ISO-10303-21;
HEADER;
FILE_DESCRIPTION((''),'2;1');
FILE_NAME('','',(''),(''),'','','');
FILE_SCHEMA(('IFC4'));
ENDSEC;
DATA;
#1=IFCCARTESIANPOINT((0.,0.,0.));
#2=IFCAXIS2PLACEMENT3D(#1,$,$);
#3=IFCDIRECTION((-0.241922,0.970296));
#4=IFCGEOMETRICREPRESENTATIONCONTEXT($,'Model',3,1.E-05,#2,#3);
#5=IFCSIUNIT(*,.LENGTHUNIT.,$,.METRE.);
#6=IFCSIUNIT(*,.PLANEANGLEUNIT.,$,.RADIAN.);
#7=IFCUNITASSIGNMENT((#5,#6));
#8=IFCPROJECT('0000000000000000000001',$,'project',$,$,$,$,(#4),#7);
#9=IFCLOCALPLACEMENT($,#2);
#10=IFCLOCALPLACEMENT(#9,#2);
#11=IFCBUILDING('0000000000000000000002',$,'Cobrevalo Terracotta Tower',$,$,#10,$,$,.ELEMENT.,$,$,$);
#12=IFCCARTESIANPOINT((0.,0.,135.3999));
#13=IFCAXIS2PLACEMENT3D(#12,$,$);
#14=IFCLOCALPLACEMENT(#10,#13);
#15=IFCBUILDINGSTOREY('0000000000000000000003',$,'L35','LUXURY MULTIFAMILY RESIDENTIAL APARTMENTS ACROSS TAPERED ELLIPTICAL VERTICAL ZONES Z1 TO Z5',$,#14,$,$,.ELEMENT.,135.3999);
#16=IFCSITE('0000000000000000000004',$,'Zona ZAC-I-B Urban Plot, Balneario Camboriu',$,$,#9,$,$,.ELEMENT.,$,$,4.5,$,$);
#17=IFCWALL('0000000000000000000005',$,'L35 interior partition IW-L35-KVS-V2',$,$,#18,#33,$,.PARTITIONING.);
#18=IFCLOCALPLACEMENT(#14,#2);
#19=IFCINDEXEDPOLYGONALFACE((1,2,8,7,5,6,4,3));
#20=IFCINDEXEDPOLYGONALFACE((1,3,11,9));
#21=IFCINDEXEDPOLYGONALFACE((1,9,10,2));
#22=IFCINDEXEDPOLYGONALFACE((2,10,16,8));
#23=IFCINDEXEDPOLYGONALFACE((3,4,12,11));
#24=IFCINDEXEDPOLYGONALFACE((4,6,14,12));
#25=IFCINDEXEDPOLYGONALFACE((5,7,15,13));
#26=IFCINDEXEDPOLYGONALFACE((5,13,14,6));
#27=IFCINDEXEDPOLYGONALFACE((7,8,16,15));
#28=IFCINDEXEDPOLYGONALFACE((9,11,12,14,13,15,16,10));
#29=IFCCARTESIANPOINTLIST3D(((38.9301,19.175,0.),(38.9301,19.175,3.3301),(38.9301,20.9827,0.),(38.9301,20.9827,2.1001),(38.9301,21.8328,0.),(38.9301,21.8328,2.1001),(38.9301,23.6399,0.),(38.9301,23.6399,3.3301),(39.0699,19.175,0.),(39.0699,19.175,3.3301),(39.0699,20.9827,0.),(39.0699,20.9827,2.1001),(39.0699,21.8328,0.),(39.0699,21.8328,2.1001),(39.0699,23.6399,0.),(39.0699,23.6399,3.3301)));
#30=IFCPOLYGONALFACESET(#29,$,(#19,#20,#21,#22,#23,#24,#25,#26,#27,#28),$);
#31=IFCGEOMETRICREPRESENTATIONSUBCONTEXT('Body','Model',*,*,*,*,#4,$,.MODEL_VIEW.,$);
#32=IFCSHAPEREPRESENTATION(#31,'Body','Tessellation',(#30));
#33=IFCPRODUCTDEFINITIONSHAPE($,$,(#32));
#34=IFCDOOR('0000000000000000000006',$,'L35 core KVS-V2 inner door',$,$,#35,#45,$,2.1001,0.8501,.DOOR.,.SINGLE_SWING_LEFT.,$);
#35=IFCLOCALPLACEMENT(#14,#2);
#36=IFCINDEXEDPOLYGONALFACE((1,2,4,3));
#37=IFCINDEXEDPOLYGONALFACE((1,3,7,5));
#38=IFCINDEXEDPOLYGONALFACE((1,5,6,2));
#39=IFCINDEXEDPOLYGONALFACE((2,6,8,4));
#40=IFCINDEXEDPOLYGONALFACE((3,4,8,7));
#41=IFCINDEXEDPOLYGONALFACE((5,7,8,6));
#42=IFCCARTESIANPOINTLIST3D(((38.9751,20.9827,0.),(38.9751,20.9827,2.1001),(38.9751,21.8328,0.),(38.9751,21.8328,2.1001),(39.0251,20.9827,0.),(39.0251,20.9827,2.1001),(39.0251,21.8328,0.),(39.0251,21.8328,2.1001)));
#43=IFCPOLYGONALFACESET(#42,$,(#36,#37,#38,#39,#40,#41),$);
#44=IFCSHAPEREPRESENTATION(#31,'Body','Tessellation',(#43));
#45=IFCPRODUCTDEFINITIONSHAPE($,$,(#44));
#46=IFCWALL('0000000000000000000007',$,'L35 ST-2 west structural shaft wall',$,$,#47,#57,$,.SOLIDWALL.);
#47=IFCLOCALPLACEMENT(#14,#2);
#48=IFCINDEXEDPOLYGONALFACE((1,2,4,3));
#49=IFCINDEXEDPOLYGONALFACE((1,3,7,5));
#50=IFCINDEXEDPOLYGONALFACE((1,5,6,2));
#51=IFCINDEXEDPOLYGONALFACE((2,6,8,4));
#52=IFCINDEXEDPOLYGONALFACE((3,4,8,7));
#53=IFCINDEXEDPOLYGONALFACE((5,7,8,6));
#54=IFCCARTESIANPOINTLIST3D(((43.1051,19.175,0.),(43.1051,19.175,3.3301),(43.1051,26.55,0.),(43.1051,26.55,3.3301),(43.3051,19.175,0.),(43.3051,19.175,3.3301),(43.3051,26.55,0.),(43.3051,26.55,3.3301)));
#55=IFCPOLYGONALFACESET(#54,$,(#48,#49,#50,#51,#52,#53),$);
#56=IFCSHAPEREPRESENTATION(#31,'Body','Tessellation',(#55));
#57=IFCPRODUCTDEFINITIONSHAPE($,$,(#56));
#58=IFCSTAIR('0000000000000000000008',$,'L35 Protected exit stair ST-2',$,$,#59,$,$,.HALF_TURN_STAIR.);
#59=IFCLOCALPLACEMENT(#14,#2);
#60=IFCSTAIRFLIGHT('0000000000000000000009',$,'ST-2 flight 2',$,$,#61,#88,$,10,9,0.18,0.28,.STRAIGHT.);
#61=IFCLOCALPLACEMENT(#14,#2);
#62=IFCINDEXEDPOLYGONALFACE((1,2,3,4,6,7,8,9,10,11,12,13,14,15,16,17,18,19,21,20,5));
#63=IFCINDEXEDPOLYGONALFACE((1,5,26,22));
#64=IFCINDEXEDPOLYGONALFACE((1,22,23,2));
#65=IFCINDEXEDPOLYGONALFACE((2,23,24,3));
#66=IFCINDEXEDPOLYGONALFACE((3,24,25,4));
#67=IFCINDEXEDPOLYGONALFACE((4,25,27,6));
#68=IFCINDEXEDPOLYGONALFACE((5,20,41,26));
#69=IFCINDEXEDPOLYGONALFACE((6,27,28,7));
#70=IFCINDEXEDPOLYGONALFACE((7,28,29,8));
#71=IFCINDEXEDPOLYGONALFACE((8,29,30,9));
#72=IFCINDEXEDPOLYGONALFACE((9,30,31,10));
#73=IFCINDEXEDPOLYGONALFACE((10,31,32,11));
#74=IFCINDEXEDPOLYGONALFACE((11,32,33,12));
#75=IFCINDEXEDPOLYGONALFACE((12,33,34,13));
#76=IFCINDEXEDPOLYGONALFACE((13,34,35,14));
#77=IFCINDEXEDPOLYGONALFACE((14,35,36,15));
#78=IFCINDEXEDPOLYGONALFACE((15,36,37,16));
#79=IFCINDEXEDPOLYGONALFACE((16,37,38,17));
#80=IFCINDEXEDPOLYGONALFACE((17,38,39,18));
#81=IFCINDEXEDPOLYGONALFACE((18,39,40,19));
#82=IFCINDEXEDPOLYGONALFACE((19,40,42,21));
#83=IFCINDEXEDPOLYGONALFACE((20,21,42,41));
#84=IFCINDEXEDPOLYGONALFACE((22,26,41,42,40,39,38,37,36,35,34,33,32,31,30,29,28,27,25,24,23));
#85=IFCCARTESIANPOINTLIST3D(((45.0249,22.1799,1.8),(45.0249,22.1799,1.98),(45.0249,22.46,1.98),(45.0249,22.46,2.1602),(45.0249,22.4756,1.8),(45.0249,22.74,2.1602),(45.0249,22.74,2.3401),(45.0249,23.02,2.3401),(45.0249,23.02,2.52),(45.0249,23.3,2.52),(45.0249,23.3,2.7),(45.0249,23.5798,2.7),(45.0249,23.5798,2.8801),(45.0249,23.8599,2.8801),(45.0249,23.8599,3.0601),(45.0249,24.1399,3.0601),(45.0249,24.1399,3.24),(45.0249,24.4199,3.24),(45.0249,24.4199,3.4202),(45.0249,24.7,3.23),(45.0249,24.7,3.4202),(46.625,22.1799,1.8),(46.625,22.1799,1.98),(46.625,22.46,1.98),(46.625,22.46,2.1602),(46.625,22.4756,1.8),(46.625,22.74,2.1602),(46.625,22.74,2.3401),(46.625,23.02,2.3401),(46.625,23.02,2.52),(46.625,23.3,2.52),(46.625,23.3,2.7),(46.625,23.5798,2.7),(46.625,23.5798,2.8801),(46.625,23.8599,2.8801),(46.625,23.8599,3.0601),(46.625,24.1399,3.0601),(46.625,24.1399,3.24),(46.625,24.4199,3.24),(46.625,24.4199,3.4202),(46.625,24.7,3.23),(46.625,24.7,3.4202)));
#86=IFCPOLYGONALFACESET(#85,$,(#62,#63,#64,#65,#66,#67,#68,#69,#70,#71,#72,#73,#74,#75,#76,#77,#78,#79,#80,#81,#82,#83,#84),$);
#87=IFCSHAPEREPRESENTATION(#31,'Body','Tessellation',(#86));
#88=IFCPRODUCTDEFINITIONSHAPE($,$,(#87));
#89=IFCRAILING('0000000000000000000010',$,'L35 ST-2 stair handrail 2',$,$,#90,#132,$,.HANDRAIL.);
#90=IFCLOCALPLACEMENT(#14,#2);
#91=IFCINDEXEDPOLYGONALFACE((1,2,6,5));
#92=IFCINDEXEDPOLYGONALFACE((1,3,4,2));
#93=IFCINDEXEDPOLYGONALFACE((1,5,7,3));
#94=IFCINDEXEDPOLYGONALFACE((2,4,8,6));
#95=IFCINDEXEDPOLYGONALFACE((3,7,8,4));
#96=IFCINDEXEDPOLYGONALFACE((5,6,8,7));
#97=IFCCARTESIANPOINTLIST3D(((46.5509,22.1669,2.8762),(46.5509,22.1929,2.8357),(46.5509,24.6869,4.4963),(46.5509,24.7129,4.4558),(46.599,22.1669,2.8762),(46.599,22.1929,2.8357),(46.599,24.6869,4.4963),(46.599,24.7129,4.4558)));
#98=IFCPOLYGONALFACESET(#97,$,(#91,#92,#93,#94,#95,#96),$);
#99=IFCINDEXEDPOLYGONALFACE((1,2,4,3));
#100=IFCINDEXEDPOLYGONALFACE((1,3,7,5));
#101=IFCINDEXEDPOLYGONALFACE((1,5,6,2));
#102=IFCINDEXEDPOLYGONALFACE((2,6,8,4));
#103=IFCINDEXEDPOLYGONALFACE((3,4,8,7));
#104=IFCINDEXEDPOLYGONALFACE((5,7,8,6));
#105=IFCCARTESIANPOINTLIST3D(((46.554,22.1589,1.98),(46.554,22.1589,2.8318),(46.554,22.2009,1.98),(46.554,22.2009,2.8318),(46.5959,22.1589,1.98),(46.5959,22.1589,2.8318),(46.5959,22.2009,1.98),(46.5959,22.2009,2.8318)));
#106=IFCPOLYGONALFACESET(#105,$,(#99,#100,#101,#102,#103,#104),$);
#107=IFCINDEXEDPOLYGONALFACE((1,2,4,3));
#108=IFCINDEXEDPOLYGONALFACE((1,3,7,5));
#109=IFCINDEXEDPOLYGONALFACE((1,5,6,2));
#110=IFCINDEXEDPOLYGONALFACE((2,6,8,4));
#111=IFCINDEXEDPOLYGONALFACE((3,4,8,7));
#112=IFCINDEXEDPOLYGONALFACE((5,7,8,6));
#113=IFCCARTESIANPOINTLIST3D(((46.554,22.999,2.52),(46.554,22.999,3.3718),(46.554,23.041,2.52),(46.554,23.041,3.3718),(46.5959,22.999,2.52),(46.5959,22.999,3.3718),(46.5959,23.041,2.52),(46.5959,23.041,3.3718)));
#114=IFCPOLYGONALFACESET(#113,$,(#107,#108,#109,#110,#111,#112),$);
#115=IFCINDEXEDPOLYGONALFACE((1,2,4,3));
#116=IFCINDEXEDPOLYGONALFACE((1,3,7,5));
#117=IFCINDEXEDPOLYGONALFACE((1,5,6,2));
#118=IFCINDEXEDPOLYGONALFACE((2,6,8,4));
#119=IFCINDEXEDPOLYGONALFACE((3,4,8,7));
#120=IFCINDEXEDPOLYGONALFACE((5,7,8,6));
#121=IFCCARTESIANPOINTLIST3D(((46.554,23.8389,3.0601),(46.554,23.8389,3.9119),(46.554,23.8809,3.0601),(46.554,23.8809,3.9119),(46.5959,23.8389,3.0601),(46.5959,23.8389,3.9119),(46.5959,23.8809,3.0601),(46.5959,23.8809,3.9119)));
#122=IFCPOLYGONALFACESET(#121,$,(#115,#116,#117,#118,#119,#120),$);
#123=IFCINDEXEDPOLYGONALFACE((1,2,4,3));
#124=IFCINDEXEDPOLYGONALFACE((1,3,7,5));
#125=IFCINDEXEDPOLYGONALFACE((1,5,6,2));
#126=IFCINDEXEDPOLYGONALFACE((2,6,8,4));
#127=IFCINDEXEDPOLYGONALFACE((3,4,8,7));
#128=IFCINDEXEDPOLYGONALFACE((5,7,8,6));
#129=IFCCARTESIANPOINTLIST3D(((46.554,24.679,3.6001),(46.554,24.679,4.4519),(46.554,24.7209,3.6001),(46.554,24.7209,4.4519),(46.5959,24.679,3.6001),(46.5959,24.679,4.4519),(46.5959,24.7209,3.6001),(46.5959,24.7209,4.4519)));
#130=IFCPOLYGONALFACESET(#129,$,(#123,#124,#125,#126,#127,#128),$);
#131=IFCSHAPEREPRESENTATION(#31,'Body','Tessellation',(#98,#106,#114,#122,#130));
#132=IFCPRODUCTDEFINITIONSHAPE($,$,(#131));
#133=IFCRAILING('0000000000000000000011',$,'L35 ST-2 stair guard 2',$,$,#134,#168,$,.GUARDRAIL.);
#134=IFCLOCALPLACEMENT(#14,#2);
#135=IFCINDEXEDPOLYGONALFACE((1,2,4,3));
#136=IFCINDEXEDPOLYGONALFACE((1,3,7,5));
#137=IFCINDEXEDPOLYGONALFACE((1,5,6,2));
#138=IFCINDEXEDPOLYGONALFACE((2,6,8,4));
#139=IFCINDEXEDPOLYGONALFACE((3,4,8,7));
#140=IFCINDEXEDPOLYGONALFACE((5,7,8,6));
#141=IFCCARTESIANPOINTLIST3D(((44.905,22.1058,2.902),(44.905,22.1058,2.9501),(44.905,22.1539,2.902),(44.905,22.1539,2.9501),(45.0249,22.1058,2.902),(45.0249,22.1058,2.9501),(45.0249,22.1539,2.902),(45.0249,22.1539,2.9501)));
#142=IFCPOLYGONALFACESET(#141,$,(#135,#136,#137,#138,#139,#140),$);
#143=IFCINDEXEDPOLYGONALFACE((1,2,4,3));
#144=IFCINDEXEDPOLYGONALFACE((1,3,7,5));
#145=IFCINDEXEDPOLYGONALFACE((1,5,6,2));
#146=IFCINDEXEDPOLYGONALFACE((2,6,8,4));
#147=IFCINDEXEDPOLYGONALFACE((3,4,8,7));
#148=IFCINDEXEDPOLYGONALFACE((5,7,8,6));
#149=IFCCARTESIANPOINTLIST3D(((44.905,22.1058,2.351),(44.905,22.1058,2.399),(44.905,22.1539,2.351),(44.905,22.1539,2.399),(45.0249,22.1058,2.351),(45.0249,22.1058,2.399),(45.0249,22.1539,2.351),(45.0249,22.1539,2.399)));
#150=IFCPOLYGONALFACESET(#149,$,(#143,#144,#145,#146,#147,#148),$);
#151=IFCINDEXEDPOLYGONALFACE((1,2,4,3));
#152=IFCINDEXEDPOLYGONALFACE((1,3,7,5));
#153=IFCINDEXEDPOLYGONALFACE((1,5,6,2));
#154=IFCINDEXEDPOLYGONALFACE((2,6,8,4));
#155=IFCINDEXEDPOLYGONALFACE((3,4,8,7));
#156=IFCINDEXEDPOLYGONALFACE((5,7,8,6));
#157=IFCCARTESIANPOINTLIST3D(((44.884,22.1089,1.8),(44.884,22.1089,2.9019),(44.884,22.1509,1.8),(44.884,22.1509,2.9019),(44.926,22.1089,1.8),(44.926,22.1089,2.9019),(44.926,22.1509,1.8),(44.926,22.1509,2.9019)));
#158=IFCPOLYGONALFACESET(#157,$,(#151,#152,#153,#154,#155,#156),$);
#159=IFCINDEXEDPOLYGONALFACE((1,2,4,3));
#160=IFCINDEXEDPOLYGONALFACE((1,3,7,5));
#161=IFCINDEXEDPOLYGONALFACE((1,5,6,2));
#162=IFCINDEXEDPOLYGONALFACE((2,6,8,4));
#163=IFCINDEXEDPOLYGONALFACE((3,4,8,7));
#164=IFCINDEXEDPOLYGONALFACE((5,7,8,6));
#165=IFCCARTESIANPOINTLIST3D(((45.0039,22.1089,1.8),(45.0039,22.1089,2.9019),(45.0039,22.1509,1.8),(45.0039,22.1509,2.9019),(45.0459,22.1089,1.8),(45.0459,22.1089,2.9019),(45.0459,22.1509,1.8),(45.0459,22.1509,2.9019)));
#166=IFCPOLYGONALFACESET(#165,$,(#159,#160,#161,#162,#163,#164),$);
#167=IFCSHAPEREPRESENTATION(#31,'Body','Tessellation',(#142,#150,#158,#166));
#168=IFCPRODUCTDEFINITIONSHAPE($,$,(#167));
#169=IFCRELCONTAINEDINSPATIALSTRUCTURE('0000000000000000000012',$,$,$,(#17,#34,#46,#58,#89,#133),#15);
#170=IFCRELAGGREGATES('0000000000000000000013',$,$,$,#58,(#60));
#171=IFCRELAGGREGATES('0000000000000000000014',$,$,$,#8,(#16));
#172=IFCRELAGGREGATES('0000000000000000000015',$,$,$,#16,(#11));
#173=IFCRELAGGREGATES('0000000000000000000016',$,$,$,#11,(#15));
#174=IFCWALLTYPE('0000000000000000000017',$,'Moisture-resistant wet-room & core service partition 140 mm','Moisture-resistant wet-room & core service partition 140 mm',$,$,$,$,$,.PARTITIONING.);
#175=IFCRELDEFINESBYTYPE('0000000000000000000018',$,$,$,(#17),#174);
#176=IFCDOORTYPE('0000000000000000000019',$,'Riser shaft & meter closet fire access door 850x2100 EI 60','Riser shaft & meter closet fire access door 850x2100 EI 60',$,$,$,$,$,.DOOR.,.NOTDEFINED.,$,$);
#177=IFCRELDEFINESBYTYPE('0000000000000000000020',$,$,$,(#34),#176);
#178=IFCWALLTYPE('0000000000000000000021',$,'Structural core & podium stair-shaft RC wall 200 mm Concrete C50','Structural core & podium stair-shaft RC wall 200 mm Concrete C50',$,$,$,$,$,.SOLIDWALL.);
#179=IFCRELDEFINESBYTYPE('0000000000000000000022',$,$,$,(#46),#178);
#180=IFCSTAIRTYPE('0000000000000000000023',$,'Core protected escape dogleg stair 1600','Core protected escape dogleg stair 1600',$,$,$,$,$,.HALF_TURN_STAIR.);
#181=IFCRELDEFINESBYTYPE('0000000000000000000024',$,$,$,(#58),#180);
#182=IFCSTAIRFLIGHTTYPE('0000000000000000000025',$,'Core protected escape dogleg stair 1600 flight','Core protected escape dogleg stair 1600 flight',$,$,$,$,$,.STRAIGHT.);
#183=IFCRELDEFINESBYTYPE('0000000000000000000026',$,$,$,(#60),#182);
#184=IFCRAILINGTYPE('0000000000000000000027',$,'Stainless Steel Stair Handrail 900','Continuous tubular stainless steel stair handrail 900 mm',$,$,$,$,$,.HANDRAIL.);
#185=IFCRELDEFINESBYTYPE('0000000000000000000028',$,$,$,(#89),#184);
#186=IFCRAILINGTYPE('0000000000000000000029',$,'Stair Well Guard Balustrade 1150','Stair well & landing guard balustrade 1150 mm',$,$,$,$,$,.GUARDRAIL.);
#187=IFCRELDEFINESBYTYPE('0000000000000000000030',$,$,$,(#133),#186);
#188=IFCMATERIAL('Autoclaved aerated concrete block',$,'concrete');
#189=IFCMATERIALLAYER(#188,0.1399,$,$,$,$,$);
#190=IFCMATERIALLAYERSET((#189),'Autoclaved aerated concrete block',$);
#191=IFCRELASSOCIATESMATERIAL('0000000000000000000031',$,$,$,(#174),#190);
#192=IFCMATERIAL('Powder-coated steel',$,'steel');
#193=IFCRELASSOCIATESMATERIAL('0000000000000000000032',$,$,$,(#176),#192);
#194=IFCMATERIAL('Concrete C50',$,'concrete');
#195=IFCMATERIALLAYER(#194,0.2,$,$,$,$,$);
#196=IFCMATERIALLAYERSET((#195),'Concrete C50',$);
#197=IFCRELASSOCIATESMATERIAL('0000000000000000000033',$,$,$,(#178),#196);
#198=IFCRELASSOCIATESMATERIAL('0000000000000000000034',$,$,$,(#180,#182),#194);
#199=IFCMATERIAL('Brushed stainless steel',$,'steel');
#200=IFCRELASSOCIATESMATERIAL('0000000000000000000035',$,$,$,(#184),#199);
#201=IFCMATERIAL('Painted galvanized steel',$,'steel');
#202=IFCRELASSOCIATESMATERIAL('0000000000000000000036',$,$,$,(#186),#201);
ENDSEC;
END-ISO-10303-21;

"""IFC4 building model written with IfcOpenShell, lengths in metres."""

from ifc_helpers import new_model, si_unit, direction, frame, frame_2d, origin, origin_2d, place, context, subcontext, project, spatial, polyline, rectangle, outline, extrude, source, transform, mapped, material, layer, layer_set, type_object, element, fill, aggregate, save


model = new_model("IFC4")

# Units and contexts
model_context = context("Model", 3, precision=1e-05, world=origin(), true_north=direction((-0.241922, 0.970296)))
body_context = subcontext(model_context, "Body", "Model", "MODEL_VIEW")
ifc_project = project(units=[si_unit("LENGTHUNIT", "METRE"), si_unit("PLANEANGLEUNIT", "RADIAN")], contexts=[model_context])

# Site, building, storey
site_placement = place(None, origin())
site = spatial("IfcSite", under=ifc_project, at=site_placement, Name="Zona ZAC-I-B Urban Plot, Balneario Camboriu", CompositionType="ELEMENT", RefElevation=4.5)
building_placement = place(site_placement, origin())
building = spatial("IfcBuilding", under=site, at=building_placement, Name="Cobrevalo Terracotta Tower", CompositionType="ELEMENT")
storey_placement = place(building_placement, frame((0.0, 0.0, 135.3999)))
storey = spatial("IfcBuildingStorey", under=building, at=storey_placement, Name="L35", Description="LUXURY MULTIFAMILY RESIDENTIAL APARTMENTS ACROSS TAPERED ELLIPTICAL VERTICAL ZONES Z1 TO Z5", CompositionType="ELEMENT", Elevation=135.3999)

# Shared definitions
ifc_material_1 = material(Name="Autoclaved aerated concrete block", Category="concrete")

# Shared definitions
ifc_layer_1 = layer(ifc_material_1, 0.1399)
ifc_layer_set_1 = layer_set([ifc_layer_1], Name="Autoclaved aerated concrete block")
wall_type_1 = type_object("IfcWallType", Name="Moisture-resistant wet-room & core service partition 140 mm", Description="Moisture-resistant wet-room & core service partition 140 mm", PredefinedType="PARTITIONING", material=ifc_layer_set_1)

# Wall, opening, door
ifc_material_2 = material(Name="Powder-coated steel", Category="steel")
door_type_1 = type_object("IfcDoorType", Name="Riser shaft & meter closet fire access door 850x2100 EI 60", Description="Riser shaft & meter closet fire access door 850x2100 EI 60", OperationType="NOTDEFINED", PredefinedType="DOOR", material=ifc_material_2)
shared_shape_1 = source(origin(), body_context, "Body", "SweptSolid", [
    extrude(rectangle(XDim=0.8501, YDim=2.1001, at=frame_2d((0.425, 1.05))), frame((0.0, 0.0249, 0.0), z_axis=(0.0, -1.0, 0.0), x_axis=(1.0, 0.0, 0.0)), (0.0, 0.0, 1.0), 0.05),
])
wall_1_placement = place(storey_placement, frame((39.0, 19.175, 0.0), z_axis=(0.0, 0.0, 1.0), x_axis=(0.0, 1.0, 0.0)))
wall_1 = element("IfcWall", 1, at=wall_1_placement, inside=storey, type_object=wall_type_1, Name="L35 interior partition IW-L35-KVS-V2", PredefinedType="PARTITIONING", context=body_context, shape_type="SweptSolid", body=[
    extrude(rectangle(XDim=4.4648, YDim=0.1399, at=frame_2d((2.2324, 0.0))), origin(), (0.0, 0.0, 1.0), 3.3301),
])
opening_1_placement = place(wall_1_placement, frame((1.8076, 0.0, 0.0)))
opening_1 = element("IfcOpeningElement", 2, at=opening_1_placement, cuts=wall_1, PredefinedType="OPENING", context=body_context, shape_type="SweptSolid", body=[
    extrude(rectangle(XDim=0.8501, YDim=2.1001, at=frame_2d((0.425, 1.05))), frame((0.0, 0.0801, 0.0), z_axis=(0.0, -1.0, 0.0), x_axis=(1.0, 0.0, 0.0)), (0.0, 0.0, 1.0), 0.1599),
])
door_1_placement = place(opening_1_placement, origin())
door_1 = element("IfcDoor", 3, at=door_1_placement, inside=storey, type_object=door_type_1, Name="L35 core KVS-V2 inner door", OperationType="SINGLE_SWING_LEFT", OverallHeight=2.1001, OverallWidth=0.8501, PredefinedType="DOOR", context=body_context, shape_type="MappedRepresentation", body=[
    mapped(shared_shape_1, transform((0.0, 0.0, 0.0), scale=1.0)),
])
fill(opening_1, door_1)

# Wall
ifc_material_3 = material(Name="Concrete C50", Category="concrete")
ifc_layer_2 = layer(ifc_material_3, 0.2)
ifc_layer_set_2 = layer_set([ifc_layer_2], Name="Concrete C50")
wall_type_2 = type_object("IfcWallType", Name="Structural core & podium stair-shaft RC wall 200 mm Concrete C50", Description="Structural core & podium stair-shaft RC wall 200 mm Concrete C50", PredefinedType="SOLIDWALL", material=ifc_layer_set_2)
wall_2_placement = place(storey_placement, frame((43.2051, 19.175, 0.0), z_axis=(0.0, 0.0, 1.0), x_axis=(0.0, 1.0, 0.0)))
element("IfcWall", 4, at=wall_2_placement, inside=storey, type_object=wall_type_2, Name="L35 ST-2 west structural shaft wall", PredefinedType="SOLIDWALL", context=body_context, shape_type="SweptSolid", body=[
    extrude(rectangle(XDim=7.375, YDim=0.2, at=frame_2d((3.6875, 0.0))), origin(), (0.0, 0.0, 1.0), 3.3301),
])

# Stair, stair flight
stair_type = type_object("IfcStairType", Name="Core protected escape dogleg stair 1600", Description="Core protected escape dogleg stair 1600", PredefinedType="HALF_TURN_STAIR", material=ifc_material_3)
stair_placement = place(storey_placement, origin())
stair = element("IfcStair", 5, at=stair_placement, inside=storey, type_object=stair_type, Name="L35 Protected exit stair ST-2", PredefinedType="HALF_TURN_STAIR")
stair_flight_type = type_object("IfcStairFlightType", Name="Core protected escape dogleg stair 1600 flight", Description="Core protected escape dogleg stair 1600 flight", PredefinedType="STRAIGHT", material=ifc_material_3)
stair_flight_placement = place(storey_placement, frame((45.825, 22.1799, 1.8), z_axis=(0.0, 0.0, 1.0), x_axis=(0.0, 1.0, 0.0)))
stair_flight = element("IfcStairFlight", 6, at=stair_flight_placement, type_object=stair_flight_type, Name="ST-2 flight 2", NumberOfRisers=10, NumberOfTreads=9, PredefinedType="STRAIGHT", RiserHeight=0.18, TreadLength=0.28, context=body_context, shape_type="SweptSolid", body=[
    extrude(outline(polyline([(0.0, 0.0), (0.0, 0.1799), (0.28, 0.1799), (0.28, 0.3601), (0.5601, 0.3601), (0.5601, 0.54), (0.8401, 0.54), (0.8401, 0.72), (1.1201, 0.72), (1.1201, 0.8999), (1.3999, 0.8999), (1.3999, 1.0801), (1.6799, 1.0801), (1.6799, 1.26), (1.96, 1.26), (1.96, 1.4399), (2.24, 1.4399), (2.24, 1.6201), (2.52, 1.6201), (2.52, 1.8), (2.52, 1.4299), (0.2957, 0.0), (0.0, 0.0)])), frame((0.0, 0.8, 0.0), z_axis=(0.0, -1.0, 0.0), x_axis=(1.0, 0.0, 0.0)), (0.0, 0.0, 1.0), 1.6001),
])
aggregate(stair, [stair_flight])

# Railings
ifc_material_4 = material(Name="Brushed stainless steel", Category="steel")
railing_type_1 = type_object("IfcRailingType", Name="Stainless Steel Stair Handrail 900", Description="Continuous tubular stainless steel stair handrail 900 mm", PredefinedType="HANDRAIL", material=ifc_material_4)
railing_1_placement = place(storey_placement, frame((46.575, 22.1799, 1.98)))
element("IfcRailing", 7, at=railing_1_placement, inside=storey, type_object=railing_type_1, Name="L35 ST-2 stair handrail 2", PredefinedType="HANDRAIL", context=body_context, shape_type="SweptSolid", body=[
    extrude(rectangle(XDim=0.0481, YDim=0.0481, at=origin_2d()), frame((0.0, 0.0, 0.876), z_axis=(0.0, 0.841163, 0.540782), x_axis=(-1.0, 0.0, 0.0)), (0.0, 0.0, 1.0), 2.9958),
    extrude(rectangle(XDim=0.042, YDim=0.042, at=origin_2d()), origin(), (0.0, 0.0, 1.0), 0.8518),
    extrude(rectangle(XDim=0.042, YDim=0.042, at=origin_2d()), frame((0.0, 0.8401, 0.54)), (0.0, 0.0, 1.0), 0.8518),
    extrude(rectangle(XDim=0.042, YDim=0.042, at=origin_2d()), frame((0.0, 1.6799, 1.0801)), (0.0, 0.0, 1.0), 0.8518),
    extrude(rectangle(XDim=0.042, YDim=0.042, at=origin_2d()), frame((0.0, 2.52, 1.6201)), (0.0, 0.0, 1.0), 0.8518),
])
ifc_material_5 = material(Name="Painted galvanized steel", Category="steel")
railing_type_2 = type_object("IfcRailingType", Name="Stair Well Guard Balustrade 1150", Description="Stair well & landing guard balustrade 1150 mm", PredefinedType="GUARDRAIL", material=ifc_material_5)
railing_2_placement = place(storey_placement, frame((44.905, 22.1299, 1.8)))
element("IfcRailing", 8, at=railing_2_placement, inside=storey, type_object=railing_type_2, Name="L35 ST-2 stair guard 2", PredefinedType="GUARDRAIL", context=body_context, shape_type="SweptSolid", body=[
    extrude(rectangle(XDim=0.0481, YDim=0.0481, at=origin_2d()), frame((0.0, 0.0, 1.126), z_axis=(1.0, 0.0, 0.0), x_axis=(0.0, 1.0, 0.0)), (0.0, 0.0, 1.0), 0.1199),
    extrude(rectangle(XDim=0.0481, YDim=0.0481, at=origin_2d()), frame((0.0, 0.0, 0.575), z_axis=(1.0, 0.0, 0.0), x_axis=(0.0, 1.0, 0.0)), (0.0, 0.0, 1.0), 0.1199),
    extrude(rectangle(XDim=0.042, YDim=0.042, at=origin_2d()), origin(), (0.0, 0.0, 1.0), 1.1018),
    extrude(rectangle(XDim=0.042, YDim=0.042, at=origin_2d()), frame((0.1199, 0.0, 0.0)), (0.0, 0.0, 1.0), 1.1018),
])

save(model, "model.ifc")
